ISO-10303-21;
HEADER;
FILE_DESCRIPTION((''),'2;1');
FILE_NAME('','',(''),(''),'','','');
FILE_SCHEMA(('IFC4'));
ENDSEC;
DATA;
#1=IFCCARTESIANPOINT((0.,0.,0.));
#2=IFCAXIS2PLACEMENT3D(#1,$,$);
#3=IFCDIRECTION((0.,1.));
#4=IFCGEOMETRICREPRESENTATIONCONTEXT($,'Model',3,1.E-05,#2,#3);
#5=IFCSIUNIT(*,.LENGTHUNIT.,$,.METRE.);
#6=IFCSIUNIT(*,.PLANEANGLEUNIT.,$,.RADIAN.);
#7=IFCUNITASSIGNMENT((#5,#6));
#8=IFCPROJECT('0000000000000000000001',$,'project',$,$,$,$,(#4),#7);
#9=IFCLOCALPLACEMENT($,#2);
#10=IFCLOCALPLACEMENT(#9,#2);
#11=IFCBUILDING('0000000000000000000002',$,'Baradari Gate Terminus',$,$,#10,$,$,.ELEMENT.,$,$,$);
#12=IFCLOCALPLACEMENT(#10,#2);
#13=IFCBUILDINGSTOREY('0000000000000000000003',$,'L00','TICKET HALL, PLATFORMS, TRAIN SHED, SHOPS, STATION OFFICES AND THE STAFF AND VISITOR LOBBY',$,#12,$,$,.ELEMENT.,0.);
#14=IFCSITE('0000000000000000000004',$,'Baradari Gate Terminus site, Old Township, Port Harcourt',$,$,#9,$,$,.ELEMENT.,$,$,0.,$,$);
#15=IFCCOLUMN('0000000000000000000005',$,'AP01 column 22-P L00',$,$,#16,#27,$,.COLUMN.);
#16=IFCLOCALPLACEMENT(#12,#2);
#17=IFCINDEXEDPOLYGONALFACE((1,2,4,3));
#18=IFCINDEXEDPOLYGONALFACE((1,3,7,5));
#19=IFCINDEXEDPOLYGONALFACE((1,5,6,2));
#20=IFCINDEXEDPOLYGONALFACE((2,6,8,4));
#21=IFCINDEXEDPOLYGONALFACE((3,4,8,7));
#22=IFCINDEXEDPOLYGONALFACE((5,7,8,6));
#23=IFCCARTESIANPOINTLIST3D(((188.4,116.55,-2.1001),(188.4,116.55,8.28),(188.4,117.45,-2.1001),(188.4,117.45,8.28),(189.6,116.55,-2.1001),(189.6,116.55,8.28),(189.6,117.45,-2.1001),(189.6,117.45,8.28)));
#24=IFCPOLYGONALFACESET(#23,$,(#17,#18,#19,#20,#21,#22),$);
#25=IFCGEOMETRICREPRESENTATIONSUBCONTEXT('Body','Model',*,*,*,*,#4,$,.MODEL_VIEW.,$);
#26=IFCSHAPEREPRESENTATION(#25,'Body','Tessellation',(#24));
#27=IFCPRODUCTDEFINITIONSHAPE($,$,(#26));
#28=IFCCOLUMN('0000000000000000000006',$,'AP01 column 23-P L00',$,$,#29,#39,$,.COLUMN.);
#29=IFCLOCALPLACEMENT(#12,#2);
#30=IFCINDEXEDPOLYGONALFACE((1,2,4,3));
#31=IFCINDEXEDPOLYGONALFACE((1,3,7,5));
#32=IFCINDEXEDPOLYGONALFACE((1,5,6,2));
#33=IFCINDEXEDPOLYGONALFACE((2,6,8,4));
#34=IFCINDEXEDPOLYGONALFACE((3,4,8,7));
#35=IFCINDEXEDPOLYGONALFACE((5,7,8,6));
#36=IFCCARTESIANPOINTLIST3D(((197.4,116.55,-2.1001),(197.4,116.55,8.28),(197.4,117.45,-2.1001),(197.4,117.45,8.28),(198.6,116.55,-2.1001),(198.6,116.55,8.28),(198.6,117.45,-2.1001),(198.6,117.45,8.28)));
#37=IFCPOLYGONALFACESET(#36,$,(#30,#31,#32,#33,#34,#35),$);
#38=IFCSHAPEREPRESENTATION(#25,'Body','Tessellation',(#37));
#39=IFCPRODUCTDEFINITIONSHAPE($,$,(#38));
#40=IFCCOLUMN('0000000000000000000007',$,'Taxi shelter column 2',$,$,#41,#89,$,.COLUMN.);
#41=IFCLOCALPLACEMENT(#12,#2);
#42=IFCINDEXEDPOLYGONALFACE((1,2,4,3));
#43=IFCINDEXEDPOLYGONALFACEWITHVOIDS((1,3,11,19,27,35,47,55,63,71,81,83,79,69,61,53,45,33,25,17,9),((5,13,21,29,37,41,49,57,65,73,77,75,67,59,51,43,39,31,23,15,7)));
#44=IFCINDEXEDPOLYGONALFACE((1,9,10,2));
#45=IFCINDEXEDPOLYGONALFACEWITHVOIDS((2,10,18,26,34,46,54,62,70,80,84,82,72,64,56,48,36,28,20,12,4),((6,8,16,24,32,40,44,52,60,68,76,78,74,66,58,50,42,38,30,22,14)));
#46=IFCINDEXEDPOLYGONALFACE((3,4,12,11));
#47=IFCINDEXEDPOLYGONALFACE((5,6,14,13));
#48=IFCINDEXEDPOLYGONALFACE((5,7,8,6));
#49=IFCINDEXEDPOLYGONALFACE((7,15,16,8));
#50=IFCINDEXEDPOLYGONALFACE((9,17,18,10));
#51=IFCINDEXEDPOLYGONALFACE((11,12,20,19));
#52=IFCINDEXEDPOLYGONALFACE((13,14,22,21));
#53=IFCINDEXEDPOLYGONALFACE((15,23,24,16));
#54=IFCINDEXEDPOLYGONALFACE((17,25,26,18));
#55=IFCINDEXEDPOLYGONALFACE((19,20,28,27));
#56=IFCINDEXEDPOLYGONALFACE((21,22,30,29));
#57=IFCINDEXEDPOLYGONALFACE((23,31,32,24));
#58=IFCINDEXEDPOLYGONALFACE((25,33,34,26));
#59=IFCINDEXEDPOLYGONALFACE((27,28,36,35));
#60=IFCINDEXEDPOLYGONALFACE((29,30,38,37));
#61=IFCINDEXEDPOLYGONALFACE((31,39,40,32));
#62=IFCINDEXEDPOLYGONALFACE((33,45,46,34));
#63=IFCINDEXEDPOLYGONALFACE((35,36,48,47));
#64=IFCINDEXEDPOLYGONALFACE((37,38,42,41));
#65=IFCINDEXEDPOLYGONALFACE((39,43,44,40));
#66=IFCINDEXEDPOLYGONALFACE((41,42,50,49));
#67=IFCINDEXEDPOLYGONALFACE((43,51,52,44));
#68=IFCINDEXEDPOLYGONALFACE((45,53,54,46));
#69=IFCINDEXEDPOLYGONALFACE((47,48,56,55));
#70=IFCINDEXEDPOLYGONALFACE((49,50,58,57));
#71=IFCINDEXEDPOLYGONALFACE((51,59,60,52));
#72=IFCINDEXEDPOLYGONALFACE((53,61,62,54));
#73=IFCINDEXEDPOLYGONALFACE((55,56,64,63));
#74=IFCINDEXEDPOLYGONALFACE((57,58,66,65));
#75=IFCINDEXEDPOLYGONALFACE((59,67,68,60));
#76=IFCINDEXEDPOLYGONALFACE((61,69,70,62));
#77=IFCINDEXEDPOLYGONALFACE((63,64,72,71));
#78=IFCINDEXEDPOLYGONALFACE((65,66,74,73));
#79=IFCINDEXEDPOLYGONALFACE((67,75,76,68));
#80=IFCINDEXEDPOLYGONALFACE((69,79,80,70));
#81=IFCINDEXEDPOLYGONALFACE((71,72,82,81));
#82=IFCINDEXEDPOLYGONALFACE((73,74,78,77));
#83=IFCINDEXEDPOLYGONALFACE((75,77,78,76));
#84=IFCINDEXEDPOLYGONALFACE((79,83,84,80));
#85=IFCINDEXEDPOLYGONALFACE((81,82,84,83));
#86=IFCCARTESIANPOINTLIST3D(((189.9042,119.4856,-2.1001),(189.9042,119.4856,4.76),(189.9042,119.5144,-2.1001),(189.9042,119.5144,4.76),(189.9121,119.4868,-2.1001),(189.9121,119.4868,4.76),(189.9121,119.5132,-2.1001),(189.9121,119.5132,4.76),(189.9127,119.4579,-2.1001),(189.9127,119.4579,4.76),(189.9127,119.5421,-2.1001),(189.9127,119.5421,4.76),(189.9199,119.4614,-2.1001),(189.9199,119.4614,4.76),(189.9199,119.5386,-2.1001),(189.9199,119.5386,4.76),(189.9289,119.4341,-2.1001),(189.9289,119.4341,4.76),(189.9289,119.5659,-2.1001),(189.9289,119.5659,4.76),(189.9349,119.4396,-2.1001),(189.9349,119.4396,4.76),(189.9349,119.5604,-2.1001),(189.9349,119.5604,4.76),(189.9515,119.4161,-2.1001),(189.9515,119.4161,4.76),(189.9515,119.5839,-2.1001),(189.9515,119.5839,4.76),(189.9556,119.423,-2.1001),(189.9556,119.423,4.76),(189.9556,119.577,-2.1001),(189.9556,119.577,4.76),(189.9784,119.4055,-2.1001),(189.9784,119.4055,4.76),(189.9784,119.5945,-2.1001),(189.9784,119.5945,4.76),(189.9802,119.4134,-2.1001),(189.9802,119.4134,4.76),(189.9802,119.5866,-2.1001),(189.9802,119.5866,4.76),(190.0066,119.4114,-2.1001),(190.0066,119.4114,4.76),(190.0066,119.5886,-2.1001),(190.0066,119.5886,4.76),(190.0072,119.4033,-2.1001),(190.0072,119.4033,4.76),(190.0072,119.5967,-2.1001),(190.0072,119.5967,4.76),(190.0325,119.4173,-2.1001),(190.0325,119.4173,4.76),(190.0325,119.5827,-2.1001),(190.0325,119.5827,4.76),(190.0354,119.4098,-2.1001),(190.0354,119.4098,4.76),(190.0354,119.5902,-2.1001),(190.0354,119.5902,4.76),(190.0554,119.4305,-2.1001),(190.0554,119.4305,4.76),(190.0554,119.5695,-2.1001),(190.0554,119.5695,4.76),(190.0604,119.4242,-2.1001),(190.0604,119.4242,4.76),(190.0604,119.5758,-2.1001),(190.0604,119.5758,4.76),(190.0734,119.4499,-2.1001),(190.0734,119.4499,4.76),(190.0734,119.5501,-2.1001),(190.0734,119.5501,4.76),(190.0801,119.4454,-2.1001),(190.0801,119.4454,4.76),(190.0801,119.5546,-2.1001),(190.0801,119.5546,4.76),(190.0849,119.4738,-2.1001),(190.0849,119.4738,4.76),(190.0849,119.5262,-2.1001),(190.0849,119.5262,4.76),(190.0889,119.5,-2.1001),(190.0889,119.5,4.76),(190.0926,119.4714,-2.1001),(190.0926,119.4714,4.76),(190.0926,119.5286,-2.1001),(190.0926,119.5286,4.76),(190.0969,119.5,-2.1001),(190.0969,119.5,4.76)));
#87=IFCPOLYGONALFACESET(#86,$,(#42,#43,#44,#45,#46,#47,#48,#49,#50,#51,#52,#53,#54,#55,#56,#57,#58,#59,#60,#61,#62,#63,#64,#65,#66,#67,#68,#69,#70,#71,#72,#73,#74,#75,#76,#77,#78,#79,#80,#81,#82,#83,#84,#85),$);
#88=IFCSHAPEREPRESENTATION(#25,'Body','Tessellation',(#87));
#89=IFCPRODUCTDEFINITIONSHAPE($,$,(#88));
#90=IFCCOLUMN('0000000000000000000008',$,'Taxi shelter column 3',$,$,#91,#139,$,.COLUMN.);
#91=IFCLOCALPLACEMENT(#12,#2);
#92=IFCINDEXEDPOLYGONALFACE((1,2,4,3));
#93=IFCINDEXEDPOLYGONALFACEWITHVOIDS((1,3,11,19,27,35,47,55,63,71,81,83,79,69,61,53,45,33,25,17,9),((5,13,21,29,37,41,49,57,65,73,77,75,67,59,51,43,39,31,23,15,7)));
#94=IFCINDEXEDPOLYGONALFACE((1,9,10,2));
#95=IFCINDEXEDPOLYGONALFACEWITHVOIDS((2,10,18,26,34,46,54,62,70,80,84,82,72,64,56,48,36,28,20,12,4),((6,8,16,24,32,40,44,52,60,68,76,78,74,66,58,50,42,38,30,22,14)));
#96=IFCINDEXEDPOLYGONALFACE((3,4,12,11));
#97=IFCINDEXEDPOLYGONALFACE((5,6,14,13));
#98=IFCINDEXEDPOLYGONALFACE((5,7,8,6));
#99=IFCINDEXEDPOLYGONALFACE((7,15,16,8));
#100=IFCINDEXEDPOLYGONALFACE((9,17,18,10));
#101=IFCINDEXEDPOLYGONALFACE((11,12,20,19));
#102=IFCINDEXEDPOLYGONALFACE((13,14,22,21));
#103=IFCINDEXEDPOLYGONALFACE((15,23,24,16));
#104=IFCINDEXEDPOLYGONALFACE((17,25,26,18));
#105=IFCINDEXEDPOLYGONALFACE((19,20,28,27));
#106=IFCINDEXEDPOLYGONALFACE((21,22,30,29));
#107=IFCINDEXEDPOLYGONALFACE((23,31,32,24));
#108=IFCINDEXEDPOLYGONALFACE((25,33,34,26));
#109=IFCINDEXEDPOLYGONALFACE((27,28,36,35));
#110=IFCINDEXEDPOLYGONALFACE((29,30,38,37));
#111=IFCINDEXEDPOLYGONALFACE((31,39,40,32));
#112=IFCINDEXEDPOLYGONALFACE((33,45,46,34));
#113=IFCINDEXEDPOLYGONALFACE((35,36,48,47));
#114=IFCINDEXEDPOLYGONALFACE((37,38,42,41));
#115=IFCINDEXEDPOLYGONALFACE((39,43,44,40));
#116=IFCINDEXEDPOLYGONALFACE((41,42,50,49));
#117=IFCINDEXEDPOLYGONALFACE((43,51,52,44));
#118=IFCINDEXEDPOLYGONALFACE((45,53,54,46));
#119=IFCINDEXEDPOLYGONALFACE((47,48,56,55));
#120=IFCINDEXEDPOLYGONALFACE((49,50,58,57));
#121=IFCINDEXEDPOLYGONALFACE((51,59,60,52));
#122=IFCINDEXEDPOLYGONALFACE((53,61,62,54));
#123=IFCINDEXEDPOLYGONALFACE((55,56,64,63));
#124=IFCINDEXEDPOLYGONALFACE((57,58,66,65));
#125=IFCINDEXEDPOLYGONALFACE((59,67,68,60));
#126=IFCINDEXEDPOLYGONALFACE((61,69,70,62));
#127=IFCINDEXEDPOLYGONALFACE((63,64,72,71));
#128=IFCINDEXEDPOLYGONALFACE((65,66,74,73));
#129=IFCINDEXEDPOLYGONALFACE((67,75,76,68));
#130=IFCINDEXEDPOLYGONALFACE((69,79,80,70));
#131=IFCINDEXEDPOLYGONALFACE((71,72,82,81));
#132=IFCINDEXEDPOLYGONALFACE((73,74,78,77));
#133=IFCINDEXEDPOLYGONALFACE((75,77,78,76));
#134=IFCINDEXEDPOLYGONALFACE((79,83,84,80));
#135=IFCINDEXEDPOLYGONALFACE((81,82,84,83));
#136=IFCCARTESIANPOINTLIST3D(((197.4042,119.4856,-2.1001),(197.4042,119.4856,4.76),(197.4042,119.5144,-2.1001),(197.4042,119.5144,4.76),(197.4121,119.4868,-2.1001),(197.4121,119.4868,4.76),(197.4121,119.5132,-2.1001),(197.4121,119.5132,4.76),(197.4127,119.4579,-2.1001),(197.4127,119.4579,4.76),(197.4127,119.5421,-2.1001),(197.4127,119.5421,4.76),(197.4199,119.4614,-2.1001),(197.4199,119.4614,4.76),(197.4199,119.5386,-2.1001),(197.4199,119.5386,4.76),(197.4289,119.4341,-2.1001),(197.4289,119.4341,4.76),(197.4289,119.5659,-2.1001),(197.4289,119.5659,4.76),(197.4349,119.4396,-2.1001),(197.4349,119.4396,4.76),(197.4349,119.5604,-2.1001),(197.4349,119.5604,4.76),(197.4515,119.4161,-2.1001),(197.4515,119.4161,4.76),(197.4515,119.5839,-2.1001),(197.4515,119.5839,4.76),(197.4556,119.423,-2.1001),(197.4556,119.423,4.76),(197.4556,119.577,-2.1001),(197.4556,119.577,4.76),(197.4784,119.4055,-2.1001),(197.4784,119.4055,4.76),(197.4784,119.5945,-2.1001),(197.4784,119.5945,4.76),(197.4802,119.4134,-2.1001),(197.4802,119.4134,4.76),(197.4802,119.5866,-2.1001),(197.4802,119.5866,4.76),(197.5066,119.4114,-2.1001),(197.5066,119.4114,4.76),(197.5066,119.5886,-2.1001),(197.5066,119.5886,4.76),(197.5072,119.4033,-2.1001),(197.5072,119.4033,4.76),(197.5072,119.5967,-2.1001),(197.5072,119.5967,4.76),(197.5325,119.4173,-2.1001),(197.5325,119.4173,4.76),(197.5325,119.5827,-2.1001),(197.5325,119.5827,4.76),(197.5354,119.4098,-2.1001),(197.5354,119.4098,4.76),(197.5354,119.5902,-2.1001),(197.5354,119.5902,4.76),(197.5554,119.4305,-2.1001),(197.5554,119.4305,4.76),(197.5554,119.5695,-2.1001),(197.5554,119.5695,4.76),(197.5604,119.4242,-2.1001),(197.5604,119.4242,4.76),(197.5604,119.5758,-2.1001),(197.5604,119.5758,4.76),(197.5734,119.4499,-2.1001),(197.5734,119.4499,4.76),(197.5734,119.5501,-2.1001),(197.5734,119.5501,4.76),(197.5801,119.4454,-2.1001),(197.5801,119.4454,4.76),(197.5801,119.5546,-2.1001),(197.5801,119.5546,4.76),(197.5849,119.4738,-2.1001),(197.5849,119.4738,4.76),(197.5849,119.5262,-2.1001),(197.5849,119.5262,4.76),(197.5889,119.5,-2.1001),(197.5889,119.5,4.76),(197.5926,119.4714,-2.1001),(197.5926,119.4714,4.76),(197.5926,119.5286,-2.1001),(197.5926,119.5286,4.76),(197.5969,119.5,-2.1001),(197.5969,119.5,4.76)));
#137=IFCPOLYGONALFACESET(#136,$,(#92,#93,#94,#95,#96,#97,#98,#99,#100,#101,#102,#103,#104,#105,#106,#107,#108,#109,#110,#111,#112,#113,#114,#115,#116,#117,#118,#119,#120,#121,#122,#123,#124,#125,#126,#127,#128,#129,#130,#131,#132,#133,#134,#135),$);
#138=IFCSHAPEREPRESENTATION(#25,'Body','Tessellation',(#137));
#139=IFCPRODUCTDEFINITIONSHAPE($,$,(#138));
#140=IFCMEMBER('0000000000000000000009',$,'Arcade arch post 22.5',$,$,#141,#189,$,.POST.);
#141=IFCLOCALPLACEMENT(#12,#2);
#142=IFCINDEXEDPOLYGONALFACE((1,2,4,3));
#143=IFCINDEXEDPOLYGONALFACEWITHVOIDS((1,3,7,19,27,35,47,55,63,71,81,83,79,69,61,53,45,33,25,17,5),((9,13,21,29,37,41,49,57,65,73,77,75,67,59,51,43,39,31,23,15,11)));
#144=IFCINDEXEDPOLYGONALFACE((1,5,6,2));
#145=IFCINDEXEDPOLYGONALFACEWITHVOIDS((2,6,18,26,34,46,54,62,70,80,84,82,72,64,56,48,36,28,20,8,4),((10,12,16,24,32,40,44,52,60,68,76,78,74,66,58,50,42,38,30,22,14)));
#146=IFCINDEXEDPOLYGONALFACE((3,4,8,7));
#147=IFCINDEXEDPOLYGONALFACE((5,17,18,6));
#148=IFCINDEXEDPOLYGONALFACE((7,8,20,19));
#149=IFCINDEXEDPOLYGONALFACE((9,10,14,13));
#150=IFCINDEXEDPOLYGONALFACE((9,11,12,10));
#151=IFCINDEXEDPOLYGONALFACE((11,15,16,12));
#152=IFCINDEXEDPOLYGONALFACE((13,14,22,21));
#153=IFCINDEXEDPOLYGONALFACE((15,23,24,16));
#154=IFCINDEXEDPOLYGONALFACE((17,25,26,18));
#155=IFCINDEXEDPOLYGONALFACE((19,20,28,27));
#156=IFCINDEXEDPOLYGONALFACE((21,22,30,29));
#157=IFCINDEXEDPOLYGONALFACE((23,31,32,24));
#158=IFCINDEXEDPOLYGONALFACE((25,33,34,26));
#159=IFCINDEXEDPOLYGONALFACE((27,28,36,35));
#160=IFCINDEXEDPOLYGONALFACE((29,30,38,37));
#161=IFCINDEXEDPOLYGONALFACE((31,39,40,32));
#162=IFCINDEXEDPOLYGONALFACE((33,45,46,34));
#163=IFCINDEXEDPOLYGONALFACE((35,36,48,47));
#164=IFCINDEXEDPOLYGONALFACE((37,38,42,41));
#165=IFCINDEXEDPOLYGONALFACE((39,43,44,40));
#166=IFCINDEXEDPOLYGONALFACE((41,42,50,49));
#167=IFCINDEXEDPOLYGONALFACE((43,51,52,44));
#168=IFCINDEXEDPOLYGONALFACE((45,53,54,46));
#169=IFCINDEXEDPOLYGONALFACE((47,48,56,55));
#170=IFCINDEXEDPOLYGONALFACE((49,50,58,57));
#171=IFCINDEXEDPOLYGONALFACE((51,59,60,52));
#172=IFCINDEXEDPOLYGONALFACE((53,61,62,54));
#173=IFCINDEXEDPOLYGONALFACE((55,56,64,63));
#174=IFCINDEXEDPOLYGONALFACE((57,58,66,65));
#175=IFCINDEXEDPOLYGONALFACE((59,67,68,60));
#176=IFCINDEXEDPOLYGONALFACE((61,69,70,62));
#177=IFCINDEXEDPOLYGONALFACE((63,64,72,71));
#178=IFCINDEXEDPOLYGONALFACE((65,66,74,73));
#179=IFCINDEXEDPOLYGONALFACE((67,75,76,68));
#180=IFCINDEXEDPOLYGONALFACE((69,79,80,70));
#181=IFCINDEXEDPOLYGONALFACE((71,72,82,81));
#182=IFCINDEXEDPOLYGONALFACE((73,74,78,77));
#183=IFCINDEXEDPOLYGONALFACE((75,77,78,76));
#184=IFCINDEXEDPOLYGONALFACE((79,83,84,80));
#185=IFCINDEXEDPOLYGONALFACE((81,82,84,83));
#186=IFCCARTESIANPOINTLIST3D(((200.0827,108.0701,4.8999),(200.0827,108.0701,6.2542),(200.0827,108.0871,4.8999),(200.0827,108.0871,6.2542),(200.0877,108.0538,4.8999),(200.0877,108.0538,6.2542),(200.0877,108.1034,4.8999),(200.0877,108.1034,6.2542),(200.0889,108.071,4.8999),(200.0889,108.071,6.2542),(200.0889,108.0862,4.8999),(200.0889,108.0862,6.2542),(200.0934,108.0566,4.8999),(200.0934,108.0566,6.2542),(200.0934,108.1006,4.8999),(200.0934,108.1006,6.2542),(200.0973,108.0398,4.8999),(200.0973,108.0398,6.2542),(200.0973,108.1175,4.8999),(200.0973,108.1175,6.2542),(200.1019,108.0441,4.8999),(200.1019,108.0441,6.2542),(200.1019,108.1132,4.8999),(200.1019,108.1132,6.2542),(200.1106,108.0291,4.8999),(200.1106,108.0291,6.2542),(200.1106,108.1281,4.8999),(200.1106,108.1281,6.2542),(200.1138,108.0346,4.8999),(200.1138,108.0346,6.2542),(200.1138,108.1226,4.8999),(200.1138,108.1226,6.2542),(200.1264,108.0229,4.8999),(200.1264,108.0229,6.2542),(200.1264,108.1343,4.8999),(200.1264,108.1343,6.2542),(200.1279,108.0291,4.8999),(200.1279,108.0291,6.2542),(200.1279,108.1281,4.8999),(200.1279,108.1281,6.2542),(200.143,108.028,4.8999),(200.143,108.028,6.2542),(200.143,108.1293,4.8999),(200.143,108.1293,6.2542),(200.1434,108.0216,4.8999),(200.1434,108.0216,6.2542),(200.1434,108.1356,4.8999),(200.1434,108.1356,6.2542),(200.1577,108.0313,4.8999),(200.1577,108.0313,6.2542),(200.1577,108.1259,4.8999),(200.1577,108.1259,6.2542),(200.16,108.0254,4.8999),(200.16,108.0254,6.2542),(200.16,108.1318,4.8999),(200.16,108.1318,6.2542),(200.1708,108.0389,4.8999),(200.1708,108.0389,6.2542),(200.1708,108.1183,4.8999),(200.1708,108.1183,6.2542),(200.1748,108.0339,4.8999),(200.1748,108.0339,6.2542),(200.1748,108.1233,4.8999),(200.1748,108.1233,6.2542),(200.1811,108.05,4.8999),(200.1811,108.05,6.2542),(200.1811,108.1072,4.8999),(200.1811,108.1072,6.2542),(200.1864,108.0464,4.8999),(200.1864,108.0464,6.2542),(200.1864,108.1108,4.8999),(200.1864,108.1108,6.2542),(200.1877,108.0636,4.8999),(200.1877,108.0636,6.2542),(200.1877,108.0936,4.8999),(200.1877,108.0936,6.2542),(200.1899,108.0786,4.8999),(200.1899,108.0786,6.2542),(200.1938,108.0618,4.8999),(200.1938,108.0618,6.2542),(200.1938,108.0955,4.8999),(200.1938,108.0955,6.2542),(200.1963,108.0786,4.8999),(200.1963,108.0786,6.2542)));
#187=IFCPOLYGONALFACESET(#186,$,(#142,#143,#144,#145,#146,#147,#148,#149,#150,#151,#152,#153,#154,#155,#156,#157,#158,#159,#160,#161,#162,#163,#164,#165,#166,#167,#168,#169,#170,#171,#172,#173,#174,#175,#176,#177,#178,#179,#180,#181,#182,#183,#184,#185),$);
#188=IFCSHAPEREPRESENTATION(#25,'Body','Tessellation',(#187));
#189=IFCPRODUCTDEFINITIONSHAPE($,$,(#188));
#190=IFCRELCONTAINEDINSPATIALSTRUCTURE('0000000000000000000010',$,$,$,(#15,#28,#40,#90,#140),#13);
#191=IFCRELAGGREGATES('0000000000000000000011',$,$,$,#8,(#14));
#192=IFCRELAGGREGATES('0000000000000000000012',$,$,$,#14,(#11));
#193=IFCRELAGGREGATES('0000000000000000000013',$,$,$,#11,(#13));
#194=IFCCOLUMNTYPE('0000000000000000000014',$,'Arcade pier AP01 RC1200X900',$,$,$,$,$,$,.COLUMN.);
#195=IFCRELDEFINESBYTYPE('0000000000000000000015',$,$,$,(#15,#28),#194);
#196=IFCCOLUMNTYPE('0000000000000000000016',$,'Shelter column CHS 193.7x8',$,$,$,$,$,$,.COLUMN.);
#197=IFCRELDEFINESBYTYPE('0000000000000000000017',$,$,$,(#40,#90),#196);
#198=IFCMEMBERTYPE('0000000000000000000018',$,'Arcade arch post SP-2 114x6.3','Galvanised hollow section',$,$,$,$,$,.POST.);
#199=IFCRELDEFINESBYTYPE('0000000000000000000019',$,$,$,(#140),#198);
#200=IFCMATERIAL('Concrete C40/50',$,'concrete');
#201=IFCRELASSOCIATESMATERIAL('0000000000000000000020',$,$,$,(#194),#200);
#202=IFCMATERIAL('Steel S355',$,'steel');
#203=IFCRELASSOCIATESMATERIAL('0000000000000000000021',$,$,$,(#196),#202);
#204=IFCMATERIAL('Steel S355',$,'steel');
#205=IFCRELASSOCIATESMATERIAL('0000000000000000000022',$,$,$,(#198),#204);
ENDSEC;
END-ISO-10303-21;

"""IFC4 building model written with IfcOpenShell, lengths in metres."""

from ifc_helpers import new_model, si_unit, direction, frame, origin, origin_2d, place, context, subcontext, project, spatial, rectangle, hollow_circle, extrude, material, material_profile, profile_set, type_object, element, save


model = new_model("IFC4")

# Units and contexts
model_context = context("Model", 3, precision=1e-05, world=origin(), true_north=direction((0.0, 1.0)))
body_context = subcontext(model_context, "Body", "Model", "MODEL_VIEW")
ifc_project = project(units=[si_unit("LENGTHUNIT", "METRE"), si_unit("PLANEANGLEUNIT", "RADIAN")], contexts=[model_context])

# Site, building, storey
site_placement = place(None, origin())
site = spatial("IfcSite", under=ifc_project, at=site_placement, Name="Baradari Gate Terminus site, Old Township, Port Harcourt", CompositionType="ELEMENT", RefElevation=0.0)
building_placement = place(site_placement, origin())
building = spatial("IfcBuilding", under=site, at=building_placement, Name="Baradari Gate Terminus", CompositionType="ELEMENT")
storey_placement = place(building_placement, origin())
storey = spatial("IfcBuildingStorey", under=building, at=storey_placement, Name="L00", Description="TICKET HALL, PLATFORMS, TRAIN SHED, SHOPS, STATION OFFICES AND THE STAFF AND VISITOR LOBBY", CompositionType="ELEMENT", Elevation=0.0)

# Columns
ifc_material_1 = material(Name="Concrete C40/50", Category="concrete")
ifc_material_profile_1 = material_profile(ifc_material_1, rectangle(XDim=1.2, YDim=0.8999, at=origin_2d()), Name="RC1200X900")
ifc_profile_set_1 = profile_set([ifc_material_profile_1], Name="Concrete C40/50")
column_type_1 = type_object("IfcColumnType", Name="Arcade pier AP01 RC1200X900", PredefinedType="COLUMN", material=ifc_profile_set_1)
for number, where, z_axis, x_axis, name in (
    (1, (189.0, 117.0, -2.1001), (0.0, 0.0, 1.0), (1.0, 0.0, 0.0), "AP01 column 22-P L00"),
    (2, (198.0, 117.0, -2.1001), (0.0, 0.0, 1.0), (1.0, 0.0, 0.0), "AP01 column 23-P L00"),
):
    element("IfcColumn", number, at=place(storey_placement, frame(where, z_axis=z_axis, x_axis=x_axis)), inside=storey, type_object=column_type_1, Name=name, PredefinedType="COLUMN", context=body_context, shape_type="SweptSolid", body=[
        extrude(rectangle(XDim=1.2, YDim=0.8999, at=origin_2d()), origin(), (0.0, 0.0, 1.0), 10.3801),
    ])
ifc_material_2 = material(Name="Steel S355", Category="steel")
ifc_material_profile_2 = material_profile(ifc_material_2, hollow_circle(Radius=0.0969, WallThickness=0.0081, at=origin_2d()), Name="CHS 193.7x8")
ifc_profile_set_2 = profile_set([ifc_material_profile_2], Name="Steel S355")
column_type_2 = type_object("IfcColumnType", Name="Shelter column CHS 193.7x8", PredefinedType="COLUMN", material=ifc_profile_set_2)
for number, where, z_axis, x_axis, name in (
    (3, (190.0, 119.5, -2.1001), (0.0, 0.0, 1.0), (1.0, 0.0, 0.0), "Taxi shelter column 2"),
    (4, (197.5, 119.5, -2.1001), (0.0, 0.0, 1.0), (1.0, 0.0, 0.0), "Taxi shelter column 3"),
):
    element("IfcColumn", number, at=place(storey_placement, frame(where, z_axis=z_axis, x_axis=x_axis)), inside=storey, type_object=column_type_2, Name=name, PredefinedType="COLUMN", context=body_context, shape_type="SweptSolid", body=[
        extrude(hollow_circle(Radius=0.0969, WallThickness=0.0081, at=origin_2d()), origin(), (0.0, 0.0, 1.0), 6.8601),
    ])

# Member
ifc_material_3 = material(Name="Steel S355", Category="steel")
ifc_material_profile_3 = material_profile(ifc_material_3, hollow_circle(Radius=0.0571, WallThickness=0.0063, at=origin_2d()), Name="CHS 114.3x6.3")
ifc_profile_set_3 = profile_set([ifc_material_profile_3], Name="Steel S355")
member_type = type_object("IfcMemberType", Name="Arcade arch post SP-2 114x6.3", Description="Galvanised hollow section", PredefinedType="POST", material=ifc_profile_set_3)
member_1_placement = place(storey_placement, frame((200.1392, 108.0786, 4.8999), z_axis=(0.0, 0.0, 1.0), x_axis=(1.0, 0.0, 0.0)))
element("IfcMember", 5, at=member_1_placement, inside=storey, type_object=member_type, Name="Arcade arch post 22.5", PredefinedType="POST", context=body_context, shape_type="SweptSolid", body=[
    extrude(hollow_circle(Radius=0.0571, WallThickness=0.0063, at=origin_2d()), origin(), (0.0, 0.0, 1.0), 1.3542),
])

save(model, "model.ifc")
